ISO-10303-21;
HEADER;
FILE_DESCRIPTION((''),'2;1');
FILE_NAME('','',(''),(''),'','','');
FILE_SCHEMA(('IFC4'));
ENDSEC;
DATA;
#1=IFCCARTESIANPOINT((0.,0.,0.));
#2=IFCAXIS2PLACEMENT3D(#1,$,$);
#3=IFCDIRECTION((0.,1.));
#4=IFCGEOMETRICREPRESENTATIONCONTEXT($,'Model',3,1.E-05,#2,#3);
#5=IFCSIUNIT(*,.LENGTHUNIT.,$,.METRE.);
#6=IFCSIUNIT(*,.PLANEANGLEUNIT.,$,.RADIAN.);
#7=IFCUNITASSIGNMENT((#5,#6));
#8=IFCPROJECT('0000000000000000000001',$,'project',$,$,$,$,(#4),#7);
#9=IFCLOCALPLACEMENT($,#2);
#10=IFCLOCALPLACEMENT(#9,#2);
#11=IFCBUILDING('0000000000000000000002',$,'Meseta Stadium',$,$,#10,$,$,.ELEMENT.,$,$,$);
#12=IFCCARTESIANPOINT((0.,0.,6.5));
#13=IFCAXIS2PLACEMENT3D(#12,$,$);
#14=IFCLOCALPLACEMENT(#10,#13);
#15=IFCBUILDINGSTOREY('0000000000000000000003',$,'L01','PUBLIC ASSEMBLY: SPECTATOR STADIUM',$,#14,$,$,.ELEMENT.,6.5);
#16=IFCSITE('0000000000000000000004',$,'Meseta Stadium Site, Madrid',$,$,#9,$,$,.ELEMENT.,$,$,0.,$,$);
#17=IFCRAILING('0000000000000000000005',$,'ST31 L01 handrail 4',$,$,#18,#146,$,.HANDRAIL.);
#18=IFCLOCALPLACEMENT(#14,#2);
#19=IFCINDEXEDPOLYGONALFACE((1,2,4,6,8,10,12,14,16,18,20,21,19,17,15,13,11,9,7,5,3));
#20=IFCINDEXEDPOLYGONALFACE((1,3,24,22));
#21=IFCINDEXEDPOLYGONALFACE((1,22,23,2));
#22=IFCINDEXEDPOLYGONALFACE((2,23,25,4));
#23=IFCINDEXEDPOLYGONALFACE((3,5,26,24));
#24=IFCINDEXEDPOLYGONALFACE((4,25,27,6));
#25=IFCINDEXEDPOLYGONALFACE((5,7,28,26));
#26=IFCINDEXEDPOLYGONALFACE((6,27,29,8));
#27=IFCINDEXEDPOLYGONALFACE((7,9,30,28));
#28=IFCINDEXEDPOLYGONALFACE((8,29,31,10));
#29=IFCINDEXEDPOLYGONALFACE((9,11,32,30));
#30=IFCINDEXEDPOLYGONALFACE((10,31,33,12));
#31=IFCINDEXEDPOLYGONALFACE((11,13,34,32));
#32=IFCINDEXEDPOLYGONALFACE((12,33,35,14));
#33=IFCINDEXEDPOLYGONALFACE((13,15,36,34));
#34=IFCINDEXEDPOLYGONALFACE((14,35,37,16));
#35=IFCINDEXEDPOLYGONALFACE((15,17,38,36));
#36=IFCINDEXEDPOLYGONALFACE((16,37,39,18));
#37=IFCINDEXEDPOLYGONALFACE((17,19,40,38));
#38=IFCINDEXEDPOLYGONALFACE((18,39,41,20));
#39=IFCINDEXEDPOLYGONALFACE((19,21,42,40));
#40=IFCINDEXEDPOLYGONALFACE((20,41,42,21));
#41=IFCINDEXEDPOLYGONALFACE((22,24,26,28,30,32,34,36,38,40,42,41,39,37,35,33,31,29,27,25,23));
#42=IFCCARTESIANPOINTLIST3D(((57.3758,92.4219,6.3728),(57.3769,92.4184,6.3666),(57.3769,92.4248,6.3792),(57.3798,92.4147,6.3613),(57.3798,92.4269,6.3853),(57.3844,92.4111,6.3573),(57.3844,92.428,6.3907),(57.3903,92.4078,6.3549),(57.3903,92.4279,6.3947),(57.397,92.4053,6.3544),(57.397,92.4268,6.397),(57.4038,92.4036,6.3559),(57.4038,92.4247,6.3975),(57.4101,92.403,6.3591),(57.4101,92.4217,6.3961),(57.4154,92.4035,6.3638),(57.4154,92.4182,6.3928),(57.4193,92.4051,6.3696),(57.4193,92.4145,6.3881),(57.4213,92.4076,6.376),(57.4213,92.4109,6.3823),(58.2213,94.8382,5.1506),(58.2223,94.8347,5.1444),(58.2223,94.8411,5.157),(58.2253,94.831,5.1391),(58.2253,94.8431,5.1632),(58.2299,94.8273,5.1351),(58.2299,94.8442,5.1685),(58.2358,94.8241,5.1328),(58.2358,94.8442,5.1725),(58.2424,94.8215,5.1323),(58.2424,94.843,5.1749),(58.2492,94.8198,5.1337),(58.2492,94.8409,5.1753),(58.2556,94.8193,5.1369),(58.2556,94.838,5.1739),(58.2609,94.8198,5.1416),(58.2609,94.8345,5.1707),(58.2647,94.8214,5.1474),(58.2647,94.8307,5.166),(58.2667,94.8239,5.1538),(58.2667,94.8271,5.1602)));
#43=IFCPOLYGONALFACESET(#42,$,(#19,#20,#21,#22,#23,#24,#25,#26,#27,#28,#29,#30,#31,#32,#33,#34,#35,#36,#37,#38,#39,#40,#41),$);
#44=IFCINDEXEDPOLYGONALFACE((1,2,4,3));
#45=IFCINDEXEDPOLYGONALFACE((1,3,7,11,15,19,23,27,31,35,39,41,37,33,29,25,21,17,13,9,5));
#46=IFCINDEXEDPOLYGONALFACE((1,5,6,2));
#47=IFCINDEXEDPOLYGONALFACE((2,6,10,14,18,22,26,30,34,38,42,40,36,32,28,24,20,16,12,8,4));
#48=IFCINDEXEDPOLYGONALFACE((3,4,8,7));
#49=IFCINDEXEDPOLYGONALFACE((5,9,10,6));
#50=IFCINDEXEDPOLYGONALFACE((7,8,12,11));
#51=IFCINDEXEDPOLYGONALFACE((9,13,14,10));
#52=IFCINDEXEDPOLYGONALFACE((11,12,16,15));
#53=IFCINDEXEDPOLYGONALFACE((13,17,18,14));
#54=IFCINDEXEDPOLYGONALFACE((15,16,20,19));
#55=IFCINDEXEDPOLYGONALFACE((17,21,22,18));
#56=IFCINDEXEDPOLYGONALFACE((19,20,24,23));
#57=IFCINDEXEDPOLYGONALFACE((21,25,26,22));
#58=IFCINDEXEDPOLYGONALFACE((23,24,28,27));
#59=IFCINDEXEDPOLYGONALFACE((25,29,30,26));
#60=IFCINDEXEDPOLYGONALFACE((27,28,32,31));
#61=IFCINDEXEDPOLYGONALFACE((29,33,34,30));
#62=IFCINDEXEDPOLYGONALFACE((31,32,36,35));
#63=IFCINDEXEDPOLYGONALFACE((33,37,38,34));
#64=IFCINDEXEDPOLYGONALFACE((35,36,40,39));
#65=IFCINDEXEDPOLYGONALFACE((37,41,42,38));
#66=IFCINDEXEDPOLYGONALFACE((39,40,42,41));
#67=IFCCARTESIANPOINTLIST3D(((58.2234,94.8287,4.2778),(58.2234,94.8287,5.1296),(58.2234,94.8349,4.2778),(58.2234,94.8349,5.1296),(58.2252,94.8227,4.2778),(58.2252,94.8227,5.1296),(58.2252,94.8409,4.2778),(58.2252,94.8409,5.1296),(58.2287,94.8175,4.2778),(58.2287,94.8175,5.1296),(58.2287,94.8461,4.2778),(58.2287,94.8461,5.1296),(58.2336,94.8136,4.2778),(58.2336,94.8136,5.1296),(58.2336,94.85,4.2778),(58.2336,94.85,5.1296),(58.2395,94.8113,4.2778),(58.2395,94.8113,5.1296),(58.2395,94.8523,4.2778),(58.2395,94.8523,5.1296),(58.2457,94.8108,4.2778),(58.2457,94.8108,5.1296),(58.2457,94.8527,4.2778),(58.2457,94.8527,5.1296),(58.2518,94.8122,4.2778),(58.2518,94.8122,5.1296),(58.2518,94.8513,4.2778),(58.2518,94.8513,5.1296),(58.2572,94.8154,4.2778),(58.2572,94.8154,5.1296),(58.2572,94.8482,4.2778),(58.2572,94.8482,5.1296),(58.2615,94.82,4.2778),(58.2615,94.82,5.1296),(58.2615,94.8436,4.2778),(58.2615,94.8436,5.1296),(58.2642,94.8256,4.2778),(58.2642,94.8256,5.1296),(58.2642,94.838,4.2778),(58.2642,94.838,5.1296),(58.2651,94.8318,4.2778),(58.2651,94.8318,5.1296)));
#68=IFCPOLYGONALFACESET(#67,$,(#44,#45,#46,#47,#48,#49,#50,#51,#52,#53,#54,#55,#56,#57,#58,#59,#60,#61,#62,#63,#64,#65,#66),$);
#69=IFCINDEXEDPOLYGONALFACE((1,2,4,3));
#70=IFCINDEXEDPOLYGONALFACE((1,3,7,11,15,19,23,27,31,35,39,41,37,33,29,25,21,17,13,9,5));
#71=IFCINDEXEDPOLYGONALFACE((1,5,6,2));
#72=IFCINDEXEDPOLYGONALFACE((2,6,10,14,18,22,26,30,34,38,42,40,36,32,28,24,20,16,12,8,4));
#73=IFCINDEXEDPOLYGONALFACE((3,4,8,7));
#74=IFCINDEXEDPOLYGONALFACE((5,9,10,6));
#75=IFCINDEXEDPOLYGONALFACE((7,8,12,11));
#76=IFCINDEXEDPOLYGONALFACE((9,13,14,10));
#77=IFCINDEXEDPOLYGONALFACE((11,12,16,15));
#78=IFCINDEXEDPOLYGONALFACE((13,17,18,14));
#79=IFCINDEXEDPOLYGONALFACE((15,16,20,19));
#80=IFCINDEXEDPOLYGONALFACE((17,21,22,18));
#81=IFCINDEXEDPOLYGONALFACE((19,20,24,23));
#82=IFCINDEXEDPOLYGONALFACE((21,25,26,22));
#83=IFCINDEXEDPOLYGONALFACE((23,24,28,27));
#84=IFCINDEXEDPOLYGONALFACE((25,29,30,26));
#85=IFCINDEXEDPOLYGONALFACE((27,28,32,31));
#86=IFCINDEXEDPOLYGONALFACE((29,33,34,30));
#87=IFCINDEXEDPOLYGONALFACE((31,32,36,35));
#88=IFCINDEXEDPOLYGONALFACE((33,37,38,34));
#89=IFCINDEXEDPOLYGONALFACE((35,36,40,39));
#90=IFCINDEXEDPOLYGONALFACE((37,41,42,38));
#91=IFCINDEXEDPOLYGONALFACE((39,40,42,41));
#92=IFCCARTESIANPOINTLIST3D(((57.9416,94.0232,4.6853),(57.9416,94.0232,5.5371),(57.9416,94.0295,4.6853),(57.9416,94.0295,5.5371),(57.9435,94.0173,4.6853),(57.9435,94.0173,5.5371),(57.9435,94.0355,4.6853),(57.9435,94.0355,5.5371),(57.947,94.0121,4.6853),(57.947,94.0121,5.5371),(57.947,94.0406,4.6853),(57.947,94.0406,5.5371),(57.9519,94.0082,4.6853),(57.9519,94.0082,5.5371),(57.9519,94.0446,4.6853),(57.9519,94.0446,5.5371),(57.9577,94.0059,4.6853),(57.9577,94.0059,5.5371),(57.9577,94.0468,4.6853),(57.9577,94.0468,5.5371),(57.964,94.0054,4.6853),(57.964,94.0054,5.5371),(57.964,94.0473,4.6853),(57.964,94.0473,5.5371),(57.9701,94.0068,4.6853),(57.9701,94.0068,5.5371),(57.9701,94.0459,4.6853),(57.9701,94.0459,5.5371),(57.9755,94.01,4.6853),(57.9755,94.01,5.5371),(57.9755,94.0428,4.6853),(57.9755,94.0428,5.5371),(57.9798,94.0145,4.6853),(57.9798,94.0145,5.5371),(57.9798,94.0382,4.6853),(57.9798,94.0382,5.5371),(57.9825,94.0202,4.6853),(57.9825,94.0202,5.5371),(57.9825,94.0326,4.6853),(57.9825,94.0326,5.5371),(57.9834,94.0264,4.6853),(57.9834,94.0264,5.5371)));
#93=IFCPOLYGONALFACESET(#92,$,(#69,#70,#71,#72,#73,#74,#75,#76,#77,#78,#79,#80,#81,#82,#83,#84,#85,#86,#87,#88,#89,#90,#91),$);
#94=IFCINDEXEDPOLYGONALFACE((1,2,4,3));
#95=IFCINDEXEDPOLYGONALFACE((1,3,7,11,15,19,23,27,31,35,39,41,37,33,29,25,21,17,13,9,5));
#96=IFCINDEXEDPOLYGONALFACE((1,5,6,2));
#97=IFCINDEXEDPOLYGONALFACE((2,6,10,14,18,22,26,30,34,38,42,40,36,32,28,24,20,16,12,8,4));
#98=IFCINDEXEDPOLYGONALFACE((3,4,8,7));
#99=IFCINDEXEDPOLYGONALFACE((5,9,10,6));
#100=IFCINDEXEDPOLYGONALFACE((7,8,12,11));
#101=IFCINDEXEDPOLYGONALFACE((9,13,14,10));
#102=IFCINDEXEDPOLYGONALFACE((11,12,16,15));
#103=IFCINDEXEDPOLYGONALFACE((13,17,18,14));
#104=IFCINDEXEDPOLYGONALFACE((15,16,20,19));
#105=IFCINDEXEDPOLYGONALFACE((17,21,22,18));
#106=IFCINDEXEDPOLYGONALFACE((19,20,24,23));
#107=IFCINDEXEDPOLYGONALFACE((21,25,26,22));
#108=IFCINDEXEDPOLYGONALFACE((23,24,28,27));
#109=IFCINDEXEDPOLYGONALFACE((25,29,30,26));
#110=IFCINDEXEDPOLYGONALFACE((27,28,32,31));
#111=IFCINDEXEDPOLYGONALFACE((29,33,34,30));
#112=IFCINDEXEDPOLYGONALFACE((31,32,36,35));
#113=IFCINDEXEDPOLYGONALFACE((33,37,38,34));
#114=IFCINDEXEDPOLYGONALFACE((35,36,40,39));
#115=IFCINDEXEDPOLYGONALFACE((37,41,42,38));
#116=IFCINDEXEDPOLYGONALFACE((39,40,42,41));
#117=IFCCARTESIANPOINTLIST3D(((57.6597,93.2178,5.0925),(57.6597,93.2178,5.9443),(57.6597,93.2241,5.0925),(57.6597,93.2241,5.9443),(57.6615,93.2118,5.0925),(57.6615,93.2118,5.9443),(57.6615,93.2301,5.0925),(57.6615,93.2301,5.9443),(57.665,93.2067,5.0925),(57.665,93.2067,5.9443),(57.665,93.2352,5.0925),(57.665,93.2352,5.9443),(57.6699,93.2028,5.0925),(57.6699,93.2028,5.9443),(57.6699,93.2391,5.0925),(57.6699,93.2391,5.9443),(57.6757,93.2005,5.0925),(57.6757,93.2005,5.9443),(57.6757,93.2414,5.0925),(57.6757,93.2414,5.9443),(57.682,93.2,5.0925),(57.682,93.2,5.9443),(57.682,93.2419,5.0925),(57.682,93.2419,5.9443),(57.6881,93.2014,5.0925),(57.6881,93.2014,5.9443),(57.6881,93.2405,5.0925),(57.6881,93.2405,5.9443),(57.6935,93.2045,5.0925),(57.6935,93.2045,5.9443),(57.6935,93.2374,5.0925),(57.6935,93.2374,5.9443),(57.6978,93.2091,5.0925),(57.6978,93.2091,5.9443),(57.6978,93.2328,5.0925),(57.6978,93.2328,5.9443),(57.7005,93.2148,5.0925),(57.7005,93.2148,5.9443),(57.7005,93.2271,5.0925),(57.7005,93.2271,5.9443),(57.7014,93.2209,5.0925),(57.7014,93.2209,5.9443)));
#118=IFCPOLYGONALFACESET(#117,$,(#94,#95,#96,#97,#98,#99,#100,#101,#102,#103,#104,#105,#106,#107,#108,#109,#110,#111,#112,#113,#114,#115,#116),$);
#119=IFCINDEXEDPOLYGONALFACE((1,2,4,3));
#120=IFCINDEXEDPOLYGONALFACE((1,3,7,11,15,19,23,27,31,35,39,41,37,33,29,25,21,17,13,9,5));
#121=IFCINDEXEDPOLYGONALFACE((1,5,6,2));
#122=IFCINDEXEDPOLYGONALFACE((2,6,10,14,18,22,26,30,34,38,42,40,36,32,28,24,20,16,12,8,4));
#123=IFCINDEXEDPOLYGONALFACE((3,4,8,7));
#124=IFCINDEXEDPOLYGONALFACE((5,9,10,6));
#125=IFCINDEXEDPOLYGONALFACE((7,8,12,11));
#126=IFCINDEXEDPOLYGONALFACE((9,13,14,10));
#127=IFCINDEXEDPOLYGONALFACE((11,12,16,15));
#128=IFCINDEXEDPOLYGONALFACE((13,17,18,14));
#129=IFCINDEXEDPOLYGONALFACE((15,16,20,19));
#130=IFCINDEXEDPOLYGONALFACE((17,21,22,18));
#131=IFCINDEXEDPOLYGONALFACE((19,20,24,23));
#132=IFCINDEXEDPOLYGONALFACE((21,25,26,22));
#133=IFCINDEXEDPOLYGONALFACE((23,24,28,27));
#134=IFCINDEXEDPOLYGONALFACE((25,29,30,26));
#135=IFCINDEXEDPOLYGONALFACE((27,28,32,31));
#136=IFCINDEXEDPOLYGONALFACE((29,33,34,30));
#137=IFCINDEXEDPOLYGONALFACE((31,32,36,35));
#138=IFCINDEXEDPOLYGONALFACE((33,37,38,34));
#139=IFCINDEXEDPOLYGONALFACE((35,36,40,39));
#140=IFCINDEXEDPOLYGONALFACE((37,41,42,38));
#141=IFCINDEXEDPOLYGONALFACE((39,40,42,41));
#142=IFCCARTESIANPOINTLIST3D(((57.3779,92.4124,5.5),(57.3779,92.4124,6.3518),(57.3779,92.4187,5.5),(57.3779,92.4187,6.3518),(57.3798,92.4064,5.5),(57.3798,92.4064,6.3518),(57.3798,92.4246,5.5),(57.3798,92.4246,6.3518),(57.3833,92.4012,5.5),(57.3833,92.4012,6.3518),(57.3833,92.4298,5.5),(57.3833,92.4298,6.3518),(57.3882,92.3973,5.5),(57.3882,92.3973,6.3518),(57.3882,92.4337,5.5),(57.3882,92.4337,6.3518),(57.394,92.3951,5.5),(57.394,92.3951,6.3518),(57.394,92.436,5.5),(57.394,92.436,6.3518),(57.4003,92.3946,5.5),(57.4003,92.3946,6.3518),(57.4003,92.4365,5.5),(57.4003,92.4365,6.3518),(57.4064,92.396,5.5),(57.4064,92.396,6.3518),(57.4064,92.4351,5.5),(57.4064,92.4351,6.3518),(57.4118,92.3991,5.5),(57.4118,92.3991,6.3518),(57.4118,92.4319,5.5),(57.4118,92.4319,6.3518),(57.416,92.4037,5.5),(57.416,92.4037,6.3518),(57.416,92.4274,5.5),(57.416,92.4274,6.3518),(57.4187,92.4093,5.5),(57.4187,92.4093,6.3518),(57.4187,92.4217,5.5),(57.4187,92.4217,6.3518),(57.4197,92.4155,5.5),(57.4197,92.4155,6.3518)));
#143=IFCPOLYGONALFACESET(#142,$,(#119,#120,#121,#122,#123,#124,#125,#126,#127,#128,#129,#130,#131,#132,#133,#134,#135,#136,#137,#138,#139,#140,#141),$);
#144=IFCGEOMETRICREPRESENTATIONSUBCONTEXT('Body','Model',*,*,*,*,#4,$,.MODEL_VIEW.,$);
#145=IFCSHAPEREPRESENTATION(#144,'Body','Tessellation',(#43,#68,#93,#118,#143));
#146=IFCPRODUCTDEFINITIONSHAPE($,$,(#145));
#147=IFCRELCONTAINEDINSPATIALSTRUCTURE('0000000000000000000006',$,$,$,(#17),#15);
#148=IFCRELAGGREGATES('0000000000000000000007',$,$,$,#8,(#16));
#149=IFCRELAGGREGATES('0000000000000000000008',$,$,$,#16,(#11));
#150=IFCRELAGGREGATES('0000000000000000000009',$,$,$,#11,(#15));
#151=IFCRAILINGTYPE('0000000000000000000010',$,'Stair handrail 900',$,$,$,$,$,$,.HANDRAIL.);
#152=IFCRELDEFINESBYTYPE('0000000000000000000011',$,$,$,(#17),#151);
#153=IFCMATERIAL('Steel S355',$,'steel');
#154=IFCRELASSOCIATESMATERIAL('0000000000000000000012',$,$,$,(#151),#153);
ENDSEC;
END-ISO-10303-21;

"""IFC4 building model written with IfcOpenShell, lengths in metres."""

from ifc_helpers import new_model, si_unit, direction, frame, origin, origin_2d, place, context, subcontext, project, spatial, circle, extrude, material, type_object, element, save


model = new_model("IFC4")

# Units and contexts
model_context = context("Model", 3, precision=1e-05, world=origin(), true_north=direction((0.0, 1.0)))
body_context = subcontext(model_context, "Body", "Model", "MODEL_VIEW")
ifc_project = project(units=[si_unit("LENGTHUNIT", "METRE"), si_unit("PLANEANGLEUNIT", "RADIAN")], contexts=[model_context])

# Site, building, storey
site_placement = place(None, origin())
site = spatial("IfcSite", under=ifc_project, at=site_placement, Name="Meseta Stadium Site, Madrid", CompositionType="ELEMENT", RefElevation=0.0)
building_placement = place(site_placement, origin())
building = spatial("IfcBuilding", under=site, at=building_placement, Name="Meseta Stadium", CompositionType="ELEMENT")
storey_placement = place(building_placement, frame((0.0, 0.0, 6.5)))
storey = spatial("IfcBuildingStorey", under=building, at=storey_placement, Name="L01", Description="PUBLIC ASSEMBLY: SPECTATOR STADIUM", CompositionType="ELEMENT", Elevation=6.5)

# Railing
ifc_material_1 = material(Name="Steel S355", Category="steel")
railing_type_1 = type_object("IfcRailingType", Name="Stair handrail 900", PredefinedType="HANDRAIL", material=ifc_material_1)
for number, where, name in (
    (1, (58.2441, 94.8318, 4.2778), "ST31 L01 handrail 4"),
):
    element("IfcRailing", number, at=place(storey_placement, frame(where)), inside=storey, type_object=railing_type_1, Name=name, PredefinedType="HANDRAIL", context=body_context, shape_type="SweptSolid", body=[
        extrude(circle(Radius=0.0239, at=origin_2d()), frame((0.0, 0.0, 0.876), z_axis=(-0.298044, -0.851789, 0.430843), x_axis=(0.943887, -0.33027, 0.0)), (0.0, 0.0, 1.0), 2.8367),
        extrude(circle(Radius=0.021, at=origin_2d()), origin(), (0.0, 0.0, 1.0), 0.8518),
        extrude(circle(Radius=0.021, at=origin_2d()), frame((-0.2817, -0.8054, 0.4075)), (0.0, 0.0, 1.0), 0.8518),
        extrude(circle(Radius=0.021, at=origin_2d()), frame((-0.5637, -1.6108, 0.8147)), (0.0, 0.0, 1.0), 0.8518),
        extrude(circle(Radius=0.021, at=origin_2d()), frame((-0.8455, -2.4163, 1.2222)), (0.0, 0.0, 1.0), 0.8518),
    ])

save(model, "model.ifc")
